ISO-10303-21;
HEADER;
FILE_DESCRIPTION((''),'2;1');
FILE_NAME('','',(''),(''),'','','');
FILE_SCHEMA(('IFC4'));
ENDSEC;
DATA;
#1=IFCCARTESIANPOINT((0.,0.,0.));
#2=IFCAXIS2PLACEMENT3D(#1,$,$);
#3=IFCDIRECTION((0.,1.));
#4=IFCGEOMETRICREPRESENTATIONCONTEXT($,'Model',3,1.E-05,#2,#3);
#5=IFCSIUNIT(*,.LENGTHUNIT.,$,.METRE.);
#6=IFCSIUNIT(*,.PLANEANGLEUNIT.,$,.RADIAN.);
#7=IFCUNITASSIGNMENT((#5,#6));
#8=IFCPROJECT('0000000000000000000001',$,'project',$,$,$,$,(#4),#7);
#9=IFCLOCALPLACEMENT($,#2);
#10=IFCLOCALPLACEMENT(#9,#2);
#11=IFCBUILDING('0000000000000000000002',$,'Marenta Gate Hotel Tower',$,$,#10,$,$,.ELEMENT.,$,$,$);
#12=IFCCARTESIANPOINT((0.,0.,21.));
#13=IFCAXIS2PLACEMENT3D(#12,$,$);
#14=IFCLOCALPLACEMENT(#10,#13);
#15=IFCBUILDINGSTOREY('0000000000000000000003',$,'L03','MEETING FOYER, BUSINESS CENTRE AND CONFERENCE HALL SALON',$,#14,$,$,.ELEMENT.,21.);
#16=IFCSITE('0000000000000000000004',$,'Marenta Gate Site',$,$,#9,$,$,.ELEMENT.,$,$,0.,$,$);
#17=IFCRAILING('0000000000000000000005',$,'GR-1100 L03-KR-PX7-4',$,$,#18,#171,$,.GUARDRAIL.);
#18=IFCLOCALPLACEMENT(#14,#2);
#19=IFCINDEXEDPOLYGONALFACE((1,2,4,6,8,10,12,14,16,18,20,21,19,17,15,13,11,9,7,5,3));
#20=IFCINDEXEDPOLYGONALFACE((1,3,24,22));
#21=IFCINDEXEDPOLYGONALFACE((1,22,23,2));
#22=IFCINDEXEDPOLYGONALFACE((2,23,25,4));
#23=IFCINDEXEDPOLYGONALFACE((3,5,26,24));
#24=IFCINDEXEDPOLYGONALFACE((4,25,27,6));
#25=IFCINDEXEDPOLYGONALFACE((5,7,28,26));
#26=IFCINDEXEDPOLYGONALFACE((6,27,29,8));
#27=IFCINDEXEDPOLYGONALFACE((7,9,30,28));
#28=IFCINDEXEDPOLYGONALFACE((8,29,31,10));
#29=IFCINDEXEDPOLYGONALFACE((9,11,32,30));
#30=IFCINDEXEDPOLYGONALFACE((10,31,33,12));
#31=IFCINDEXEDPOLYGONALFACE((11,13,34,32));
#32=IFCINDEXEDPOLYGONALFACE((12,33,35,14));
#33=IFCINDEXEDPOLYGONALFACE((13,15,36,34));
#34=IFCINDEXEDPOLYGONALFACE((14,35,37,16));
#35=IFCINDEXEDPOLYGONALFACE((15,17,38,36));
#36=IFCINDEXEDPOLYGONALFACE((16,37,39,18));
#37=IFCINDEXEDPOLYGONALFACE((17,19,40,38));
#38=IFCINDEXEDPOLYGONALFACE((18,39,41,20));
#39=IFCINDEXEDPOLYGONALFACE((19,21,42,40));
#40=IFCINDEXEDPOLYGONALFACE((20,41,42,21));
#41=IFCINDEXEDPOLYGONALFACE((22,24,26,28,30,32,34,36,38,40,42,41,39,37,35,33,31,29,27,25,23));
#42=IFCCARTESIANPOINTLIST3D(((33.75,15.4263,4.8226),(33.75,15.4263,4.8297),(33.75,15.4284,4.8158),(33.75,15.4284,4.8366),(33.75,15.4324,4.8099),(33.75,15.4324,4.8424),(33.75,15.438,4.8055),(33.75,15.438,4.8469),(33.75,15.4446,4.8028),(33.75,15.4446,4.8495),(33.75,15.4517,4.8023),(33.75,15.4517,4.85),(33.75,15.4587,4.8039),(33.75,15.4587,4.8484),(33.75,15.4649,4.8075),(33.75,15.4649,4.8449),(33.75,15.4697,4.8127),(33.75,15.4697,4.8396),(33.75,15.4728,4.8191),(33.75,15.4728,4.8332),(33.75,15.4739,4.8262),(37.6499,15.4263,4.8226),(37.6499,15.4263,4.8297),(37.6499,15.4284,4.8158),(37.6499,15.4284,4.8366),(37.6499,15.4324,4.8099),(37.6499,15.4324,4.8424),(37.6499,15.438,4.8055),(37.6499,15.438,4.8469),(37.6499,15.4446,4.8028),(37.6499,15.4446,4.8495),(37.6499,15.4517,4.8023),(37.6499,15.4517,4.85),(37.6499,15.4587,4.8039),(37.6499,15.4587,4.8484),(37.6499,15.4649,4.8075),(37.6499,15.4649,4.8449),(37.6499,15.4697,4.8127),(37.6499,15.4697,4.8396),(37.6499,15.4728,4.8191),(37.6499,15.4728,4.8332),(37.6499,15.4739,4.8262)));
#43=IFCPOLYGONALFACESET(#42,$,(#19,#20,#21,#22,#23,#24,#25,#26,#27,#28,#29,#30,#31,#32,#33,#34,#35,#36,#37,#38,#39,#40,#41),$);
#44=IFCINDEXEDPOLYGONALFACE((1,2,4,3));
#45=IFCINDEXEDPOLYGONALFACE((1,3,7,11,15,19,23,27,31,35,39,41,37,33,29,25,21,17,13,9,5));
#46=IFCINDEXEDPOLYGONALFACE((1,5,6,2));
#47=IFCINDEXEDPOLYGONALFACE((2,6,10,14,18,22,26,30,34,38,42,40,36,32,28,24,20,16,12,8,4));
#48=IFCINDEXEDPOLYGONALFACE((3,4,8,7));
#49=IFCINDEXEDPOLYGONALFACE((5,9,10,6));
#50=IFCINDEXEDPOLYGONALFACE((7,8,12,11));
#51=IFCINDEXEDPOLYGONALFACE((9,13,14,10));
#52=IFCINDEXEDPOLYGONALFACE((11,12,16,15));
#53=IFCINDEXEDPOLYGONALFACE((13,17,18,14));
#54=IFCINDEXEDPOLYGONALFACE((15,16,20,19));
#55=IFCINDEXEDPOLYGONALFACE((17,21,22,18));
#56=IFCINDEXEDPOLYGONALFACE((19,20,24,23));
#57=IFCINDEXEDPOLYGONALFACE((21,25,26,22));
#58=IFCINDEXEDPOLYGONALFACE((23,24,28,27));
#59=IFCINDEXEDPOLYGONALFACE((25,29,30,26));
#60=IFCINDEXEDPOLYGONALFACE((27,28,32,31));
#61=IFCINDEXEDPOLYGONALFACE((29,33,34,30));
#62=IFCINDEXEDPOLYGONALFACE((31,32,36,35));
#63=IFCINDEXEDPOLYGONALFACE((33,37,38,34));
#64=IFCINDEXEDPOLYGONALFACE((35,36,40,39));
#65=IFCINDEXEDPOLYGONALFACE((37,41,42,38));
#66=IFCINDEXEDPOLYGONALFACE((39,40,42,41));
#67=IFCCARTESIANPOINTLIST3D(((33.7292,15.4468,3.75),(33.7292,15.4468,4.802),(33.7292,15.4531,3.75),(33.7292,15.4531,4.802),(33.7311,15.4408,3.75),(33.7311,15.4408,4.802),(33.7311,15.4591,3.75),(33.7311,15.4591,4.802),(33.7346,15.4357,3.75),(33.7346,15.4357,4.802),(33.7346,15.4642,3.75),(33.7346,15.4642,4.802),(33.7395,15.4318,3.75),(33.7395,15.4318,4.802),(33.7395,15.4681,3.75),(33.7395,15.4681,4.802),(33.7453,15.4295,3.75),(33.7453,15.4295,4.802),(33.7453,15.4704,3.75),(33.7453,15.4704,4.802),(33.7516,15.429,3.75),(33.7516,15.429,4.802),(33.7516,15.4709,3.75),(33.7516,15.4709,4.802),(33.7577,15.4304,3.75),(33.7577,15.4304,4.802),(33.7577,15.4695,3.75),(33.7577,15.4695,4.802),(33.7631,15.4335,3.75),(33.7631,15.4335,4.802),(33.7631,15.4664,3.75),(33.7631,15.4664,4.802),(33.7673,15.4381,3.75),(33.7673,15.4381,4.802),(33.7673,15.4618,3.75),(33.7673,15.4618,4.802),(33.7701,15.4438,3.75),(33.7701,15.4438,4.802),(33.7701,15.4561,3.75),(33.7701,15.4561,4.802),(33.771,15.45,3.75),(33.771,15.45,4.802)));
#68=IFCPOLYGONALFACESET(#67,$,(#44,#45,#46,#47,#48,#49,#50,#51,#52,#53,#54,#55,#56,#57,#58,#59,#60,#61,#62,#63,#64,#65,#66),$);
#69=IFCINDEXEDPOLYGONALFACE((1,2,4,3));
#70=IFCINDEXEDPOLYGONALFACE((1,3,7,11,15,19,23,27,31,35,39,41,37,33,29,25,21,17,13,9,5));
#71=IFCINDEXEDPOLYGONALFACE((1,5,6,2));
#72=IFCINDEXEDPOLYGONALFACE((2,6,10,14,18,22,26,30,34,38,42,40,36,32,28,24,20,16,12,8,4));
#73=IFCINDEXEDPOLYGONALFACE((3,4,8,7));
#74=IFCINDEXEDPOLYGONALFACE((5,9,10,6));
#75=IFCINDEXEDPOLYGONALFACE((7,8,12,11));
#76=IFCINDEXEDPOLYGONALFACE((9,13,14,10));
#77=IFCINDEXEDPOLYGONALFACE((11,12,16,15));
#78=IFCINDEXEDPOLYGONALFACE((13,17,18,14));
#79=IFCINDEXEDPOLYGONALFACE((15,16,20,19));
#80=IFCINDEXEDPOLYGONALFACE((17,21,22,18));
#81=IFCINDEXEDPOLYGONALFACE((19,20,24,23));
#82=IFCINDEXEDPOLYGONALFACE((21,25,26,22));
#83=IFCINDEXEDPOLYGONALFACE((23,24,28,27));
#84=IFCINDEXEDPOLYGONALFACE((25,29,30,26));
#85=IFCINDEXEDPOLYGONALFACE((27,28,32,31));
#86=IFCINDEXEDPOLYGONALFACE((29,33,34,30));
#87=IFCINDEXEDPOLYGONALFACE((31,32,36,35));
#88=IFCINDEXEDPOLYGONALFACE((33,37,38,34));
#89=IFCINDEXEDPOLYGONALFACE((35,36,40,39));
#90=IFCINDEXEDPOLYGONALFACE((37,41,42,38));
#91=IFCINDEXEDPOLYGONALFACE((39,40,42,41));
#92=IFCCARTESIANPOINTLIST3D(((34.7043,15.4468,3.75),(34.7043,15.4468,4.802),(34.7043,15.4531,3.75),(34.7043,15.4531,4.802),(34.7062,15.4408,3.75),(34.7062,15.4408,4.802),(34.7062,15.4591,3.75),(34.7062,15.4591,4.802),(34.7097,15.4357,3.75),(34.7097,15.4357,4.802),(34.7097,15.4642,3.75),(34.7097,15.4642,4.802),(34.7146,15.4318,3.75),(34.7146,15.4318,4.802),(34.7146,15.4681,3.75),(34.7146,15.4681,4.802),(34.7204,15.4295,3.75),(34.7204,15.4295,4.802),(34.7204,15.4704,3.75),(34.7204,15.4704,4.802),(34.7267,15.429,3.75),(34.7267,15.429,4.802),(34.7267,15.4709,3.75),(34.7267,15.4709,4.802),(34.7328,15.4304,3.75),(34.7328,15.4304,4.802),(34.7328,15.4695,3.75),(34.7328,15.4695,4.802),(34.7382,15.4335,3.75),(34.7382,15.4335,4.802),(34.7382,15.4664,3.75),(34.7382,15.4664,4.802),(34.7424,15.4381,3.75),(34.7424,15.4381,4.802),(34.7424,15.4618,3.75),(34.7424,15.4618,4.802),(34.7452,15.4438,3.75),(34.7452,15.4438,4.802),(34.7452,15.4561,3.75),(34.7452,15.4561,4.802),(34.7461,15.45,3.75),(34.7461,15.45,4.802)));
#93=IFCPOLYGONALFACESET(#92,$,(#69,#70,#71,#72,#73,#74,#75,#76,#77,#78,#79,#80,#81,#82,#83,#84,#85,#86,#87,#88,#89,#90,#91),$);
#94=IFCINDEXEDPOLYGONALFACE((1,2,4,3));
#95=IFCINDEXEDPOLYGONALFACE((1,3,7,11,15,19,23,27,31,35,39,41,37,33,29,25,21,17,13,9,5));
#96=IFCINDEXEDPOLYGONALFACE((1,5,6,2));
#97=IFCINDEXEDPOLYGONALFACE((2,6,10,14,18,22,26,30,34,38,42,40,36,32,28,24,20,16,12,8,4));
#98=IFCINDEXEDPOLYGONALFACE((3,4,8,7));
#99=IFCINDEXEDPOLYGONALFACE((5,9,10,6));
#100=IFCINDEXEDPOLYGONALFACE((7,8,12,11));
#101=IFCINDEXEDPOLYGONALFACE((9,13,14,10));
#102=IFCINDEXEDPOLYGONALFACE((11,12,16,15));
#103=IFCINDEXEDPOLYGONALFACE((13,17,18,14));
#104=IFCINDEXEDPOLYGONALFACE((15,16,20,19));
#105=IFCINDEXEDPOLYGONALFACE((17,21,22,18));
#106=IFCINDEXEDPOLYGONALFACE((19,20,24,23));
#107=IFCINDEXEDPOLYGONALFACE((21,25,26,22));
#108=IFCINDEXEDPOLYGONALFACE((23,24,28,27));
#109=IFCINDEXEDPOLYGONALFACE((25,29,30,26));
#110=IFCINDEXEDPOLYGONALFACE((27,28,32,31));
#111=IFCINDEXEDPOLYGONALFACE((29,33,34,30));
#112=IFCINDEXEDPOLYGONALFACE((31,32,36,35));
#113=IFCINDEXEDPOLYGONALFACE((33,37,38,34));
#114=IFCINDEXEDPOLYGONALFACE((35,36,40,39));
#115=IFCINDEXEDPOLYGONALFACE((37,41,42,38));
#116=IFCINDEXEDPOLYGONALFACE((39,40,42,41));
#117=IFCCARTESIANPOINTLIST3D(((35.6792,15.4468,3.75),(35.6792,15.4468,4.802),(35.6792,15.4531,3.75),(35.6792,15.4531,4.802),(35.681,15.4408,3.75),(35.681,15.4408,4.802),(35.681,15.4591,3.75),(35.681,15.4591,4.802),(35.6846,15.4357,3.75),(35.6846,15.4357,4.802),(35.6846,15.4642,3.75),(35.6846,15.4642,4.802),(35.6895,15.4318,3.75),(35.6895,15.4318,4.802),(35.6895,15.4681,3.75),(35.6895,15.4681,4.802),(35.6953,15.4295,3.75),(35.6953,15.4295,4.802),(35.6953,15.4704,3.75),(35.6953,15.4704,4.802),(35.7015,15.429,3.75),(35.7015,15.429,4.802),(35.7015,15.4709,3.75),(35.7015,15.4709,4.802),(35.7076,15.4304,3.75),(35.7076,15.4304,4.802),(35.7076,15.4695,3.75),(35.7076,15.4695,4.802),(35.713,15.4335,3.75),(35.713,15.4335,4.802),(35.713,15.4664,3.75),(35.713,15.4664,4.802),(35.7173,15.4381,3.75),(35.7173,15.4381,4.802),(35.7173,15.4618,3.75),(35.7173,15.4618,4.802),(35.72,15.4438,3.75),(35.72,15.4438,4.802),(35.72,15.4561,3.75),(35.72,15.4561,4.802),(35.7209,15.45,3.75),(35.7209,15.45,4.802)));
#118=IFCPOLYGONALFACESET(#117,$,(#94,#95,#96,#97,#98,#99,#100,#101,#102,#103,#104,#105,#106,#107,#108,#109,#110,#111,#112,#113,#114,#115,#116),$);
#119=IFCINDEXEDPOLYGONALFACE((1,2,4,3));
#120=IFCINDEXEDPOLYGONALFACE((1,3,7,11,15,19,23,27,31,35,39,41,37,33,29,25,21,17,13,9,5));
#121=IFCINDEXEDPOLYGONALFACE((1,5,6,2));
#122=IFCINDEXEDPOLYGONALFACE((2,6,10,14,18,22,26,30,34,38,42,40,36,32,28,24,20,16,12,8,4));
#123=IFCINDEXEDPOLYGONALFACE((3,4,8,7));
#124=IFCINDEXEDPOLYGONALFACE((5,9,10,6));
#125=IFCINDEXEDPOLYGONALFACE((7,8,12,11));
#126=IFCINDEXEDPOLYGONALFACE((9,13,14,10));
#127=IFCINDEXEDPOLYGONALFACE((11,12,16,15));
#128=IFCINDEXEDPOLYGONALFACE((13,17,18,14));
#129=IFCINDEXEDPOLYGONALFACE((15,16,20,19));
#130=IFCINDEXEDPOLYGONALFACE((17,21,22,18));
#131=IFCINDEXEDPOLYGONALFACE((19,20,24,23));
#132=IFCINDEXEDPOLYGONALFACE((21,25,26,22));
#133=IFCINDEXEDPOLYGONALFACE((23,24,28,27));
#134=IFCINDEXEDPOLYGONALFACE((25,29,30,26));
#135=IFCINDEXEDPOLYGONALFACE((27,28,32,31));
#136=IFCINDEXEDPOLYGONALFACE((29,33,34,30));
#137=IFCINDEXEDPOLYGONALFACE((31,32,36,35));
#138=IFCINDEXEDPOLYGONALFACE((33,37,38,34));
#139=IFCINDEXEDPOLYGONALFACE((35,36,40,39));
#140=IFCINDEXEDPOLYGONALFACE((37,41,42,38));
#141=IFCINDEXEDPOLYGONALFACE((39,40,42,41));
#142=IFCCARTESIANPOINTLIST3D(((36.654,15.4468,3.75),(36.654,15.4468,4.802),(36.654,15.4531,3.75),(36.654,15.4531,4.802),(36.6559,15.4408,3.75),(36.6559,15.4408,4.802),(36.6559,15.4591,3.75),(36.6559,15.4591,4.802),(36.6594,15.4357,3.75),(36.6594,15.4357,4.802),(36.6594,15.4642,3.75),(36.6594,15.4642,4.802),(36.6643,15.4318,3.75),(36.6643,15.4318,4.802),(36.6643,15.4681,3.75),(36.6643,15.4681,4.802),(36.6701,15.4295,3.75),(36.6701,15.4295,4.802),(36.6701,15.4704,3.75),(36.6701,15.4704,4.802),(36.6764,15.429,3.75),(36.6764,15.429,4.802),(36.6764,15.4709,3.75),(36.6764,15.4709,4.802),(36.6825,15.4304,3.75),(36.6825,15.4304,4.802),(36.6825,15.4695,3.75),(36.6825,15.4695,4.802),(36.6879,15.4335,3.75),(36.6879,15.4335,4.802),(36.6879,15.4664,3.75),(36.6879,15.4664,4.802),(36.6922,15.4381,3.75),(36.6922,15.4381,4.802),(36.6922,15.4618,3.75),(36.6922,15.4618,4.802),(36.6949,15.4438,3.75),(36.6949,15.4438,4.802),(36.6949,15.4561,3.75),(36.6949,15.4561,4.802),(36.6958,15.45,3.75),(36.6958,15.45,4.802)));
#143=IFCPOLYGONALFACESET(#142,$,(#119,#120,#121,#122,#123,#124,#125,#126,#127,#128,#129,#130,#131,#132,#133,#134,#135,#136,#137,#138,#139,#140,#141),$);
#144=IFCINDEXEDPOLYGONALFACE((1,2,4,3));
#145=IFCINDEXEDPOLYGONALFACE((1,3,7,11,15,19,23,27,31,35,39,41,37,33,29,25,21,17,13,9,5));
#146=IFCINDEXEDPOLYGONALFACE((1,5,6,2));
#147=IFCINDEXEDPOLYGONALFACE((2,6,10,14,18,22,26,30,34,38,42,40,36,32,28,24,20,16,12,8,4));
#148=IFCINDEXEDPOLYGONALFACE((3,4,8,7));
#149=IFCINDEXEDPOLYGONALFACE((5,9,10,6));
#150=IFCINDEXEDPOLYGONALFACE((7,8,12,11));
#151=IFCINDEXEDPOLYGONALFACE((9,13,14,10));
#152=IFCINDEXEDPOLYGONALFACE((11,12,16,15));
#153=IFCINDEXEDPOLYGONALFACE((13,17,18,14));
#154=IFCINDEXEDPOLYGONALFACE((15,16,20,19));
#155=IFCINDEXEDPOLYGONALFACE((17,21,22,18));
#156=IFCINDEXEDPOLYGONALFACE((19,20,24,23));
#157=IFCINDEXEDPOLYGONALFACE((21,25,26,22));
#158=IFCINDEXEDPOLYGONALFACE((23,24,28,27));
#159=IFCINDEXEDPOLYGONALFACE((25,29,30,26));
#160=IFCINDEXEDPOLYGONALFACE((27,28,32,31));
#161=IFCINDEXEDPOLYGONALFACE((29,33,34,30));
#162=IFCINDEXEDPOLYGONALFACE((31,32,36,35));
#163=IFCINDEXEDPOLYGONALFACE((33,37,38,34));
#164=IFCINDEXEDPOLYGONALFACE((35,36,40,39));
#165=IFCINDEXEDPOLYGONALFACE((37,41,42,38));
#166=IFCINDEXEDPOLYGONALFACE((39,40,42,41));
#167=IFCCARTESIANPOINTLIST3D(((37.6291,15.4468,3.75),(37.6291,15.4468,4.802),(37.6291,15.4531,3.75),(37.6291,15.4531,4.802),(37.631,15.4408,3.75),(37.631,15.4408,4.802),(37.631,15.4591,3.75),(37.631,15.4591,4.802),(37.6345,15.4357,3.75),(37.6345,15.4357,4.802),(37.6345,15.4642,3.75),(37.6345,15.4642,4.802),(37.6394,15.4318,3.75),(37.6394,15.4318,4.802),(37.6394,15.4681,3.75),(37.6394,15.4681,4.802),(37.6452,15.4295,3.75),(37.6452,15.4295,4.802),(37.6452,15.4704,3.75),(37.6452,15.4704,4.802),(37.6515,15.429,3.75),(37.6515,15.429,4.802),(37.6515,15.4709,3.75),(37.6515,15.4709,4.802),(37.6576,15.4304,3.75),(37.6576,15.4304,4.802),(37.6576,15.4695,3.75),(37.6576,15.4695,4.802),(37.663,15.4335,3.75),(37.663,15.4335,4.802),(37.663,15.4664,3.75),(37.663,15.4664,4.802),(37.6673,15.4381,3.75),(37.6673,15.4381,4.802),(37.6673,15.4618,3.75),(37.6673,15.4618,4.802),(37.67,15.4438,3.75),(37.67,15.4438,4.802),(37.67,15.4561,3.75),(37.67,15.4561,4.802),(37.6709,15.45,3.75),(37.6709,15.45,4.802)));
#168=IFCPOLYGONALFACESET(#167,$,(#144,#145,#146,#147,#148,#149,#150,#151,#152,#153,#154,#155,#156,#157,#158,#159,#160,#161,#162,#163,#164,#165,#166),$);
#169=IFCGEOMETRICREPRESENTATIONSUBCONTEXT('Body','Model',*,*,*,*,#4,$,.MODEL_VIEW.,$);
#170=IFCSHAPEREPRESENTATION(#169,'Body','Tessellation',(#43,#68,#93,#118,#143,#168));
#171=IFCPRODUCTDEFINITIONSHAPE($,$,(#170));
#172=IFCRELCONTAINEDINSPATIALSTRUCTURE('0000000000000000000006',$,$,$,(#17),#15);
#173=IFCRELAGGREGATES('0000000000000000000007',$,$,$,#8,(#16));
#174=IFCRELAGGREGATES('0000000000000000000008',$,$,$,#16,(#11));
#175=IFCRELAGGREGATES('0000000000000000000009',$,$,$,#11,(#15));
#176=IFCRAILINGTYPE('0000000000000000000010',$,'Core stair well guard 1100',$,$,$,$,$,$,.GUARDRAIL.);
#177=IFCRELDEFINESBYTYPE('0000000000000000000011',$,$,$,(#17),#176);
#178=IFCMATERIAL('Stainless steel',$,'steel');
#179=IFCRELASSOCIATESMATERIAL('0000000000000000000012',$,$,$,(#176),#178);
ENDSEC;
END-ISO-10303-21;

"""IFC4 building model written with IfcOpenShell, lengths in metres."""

from ifc_helpers import new_model, si_unit, direction, frame, origin, origin_2d, place, context, subcontext, project, spatial, circle, extrude, material, type_object, element, save


model = new_model("IFC4")

# Units and contexts
model_context = context("Model", 3, precision=1e-05, world=origin(), true_north=direction((0.0, 1.0)))
body_context = subcontext(model_context, "Body", "Model", "MODEL_VIEW")
ifc_project = project(units=[si_unit("LENGTHUNIT", "METRE"), si_unit("PLANEANGLEUNIT", "RADIAN")], contexts=[model_context])

# Site, building, storey
site_placement = place(None, origin())
site = spatial("IfcSite", under=ifc_project, at=site_placement, Name="Marenta Gate Site", CompositionType="ELEMENT", RefElevation=0.0)
building_placement = place(site_placement, origin())
building = spatial("IfcBuilding", under=site, at=building_placement, Name="Marenta Gate Hotel Tower", CompositionType="ELEMENT")
storey_placement = place(building_placement, frame((0.0, 0.0, 21.0)))
storey = spatial("IfcBuildingStorey", under=building, at=storey_placement, Name="L03", Description="MEETING FOYER, BUSINESS CENTRE AND CONFERENCE HALL SALON", CompositionType="ELEMENT", Elevation=21.0)

# Railing
ifc_material_1 = material(Name="Stainless steel", Category="steel")
railing_type_1 = type_object("IfcRailingType", Name="Core stair well guard 1100", PredefinedType="GUARDRAIL", material=ifc_material_1)
railing_1_placement = place(storey_placement, frame((33.75, 15.45, 3.75)))
element("IfcRailing", 1, at=railing_1_placement, inside=storey, type_object=railing_type_1, Name="GR-1100 L03-KR-PX7-4", PredefinedType="GUARDRAIL", context=body_context, shape_type="SweptSolid", body=[
    extrude(circle(Radius=0.0239, at=origin_2d()), frame((0.0, 0.0, 1.0762), z_axis=(1.0, 0.0, 0.0), x_axis=(0.0, 1.0, 0.0)), (0.0, 0.0, 1.0), 3.8999),
    extrude(circle(Radius=0.021, at=origin_2d()), origin(), (0.0, 0.0, 1.0), 1.052),
    extrude(circle(Radius=0.021, at=origin_2d()), frame((0.9751, 0.0, 0.0)), (0.0, 0.0, 1.0), 1.052),
    extrude(circle(Radius=0.021, at=origin_2d()), frame((1.95, 0.0, 0.0)), (0.0, 0.0, 1.0), 1.052),
    extrude(circle(Radius=0.021, at=origin_2d()), frame((2.9248, 0.0, 0.0)), (0.0, 0.0, 1.0), 1.052),
    extrude(circle(Radius=0.021, at=origin_2d()), frame((3.8999, 0.0, 0.0)), (0.0, 0.0, 1.0), 1.052),
])

save(model, "model.ifc")
